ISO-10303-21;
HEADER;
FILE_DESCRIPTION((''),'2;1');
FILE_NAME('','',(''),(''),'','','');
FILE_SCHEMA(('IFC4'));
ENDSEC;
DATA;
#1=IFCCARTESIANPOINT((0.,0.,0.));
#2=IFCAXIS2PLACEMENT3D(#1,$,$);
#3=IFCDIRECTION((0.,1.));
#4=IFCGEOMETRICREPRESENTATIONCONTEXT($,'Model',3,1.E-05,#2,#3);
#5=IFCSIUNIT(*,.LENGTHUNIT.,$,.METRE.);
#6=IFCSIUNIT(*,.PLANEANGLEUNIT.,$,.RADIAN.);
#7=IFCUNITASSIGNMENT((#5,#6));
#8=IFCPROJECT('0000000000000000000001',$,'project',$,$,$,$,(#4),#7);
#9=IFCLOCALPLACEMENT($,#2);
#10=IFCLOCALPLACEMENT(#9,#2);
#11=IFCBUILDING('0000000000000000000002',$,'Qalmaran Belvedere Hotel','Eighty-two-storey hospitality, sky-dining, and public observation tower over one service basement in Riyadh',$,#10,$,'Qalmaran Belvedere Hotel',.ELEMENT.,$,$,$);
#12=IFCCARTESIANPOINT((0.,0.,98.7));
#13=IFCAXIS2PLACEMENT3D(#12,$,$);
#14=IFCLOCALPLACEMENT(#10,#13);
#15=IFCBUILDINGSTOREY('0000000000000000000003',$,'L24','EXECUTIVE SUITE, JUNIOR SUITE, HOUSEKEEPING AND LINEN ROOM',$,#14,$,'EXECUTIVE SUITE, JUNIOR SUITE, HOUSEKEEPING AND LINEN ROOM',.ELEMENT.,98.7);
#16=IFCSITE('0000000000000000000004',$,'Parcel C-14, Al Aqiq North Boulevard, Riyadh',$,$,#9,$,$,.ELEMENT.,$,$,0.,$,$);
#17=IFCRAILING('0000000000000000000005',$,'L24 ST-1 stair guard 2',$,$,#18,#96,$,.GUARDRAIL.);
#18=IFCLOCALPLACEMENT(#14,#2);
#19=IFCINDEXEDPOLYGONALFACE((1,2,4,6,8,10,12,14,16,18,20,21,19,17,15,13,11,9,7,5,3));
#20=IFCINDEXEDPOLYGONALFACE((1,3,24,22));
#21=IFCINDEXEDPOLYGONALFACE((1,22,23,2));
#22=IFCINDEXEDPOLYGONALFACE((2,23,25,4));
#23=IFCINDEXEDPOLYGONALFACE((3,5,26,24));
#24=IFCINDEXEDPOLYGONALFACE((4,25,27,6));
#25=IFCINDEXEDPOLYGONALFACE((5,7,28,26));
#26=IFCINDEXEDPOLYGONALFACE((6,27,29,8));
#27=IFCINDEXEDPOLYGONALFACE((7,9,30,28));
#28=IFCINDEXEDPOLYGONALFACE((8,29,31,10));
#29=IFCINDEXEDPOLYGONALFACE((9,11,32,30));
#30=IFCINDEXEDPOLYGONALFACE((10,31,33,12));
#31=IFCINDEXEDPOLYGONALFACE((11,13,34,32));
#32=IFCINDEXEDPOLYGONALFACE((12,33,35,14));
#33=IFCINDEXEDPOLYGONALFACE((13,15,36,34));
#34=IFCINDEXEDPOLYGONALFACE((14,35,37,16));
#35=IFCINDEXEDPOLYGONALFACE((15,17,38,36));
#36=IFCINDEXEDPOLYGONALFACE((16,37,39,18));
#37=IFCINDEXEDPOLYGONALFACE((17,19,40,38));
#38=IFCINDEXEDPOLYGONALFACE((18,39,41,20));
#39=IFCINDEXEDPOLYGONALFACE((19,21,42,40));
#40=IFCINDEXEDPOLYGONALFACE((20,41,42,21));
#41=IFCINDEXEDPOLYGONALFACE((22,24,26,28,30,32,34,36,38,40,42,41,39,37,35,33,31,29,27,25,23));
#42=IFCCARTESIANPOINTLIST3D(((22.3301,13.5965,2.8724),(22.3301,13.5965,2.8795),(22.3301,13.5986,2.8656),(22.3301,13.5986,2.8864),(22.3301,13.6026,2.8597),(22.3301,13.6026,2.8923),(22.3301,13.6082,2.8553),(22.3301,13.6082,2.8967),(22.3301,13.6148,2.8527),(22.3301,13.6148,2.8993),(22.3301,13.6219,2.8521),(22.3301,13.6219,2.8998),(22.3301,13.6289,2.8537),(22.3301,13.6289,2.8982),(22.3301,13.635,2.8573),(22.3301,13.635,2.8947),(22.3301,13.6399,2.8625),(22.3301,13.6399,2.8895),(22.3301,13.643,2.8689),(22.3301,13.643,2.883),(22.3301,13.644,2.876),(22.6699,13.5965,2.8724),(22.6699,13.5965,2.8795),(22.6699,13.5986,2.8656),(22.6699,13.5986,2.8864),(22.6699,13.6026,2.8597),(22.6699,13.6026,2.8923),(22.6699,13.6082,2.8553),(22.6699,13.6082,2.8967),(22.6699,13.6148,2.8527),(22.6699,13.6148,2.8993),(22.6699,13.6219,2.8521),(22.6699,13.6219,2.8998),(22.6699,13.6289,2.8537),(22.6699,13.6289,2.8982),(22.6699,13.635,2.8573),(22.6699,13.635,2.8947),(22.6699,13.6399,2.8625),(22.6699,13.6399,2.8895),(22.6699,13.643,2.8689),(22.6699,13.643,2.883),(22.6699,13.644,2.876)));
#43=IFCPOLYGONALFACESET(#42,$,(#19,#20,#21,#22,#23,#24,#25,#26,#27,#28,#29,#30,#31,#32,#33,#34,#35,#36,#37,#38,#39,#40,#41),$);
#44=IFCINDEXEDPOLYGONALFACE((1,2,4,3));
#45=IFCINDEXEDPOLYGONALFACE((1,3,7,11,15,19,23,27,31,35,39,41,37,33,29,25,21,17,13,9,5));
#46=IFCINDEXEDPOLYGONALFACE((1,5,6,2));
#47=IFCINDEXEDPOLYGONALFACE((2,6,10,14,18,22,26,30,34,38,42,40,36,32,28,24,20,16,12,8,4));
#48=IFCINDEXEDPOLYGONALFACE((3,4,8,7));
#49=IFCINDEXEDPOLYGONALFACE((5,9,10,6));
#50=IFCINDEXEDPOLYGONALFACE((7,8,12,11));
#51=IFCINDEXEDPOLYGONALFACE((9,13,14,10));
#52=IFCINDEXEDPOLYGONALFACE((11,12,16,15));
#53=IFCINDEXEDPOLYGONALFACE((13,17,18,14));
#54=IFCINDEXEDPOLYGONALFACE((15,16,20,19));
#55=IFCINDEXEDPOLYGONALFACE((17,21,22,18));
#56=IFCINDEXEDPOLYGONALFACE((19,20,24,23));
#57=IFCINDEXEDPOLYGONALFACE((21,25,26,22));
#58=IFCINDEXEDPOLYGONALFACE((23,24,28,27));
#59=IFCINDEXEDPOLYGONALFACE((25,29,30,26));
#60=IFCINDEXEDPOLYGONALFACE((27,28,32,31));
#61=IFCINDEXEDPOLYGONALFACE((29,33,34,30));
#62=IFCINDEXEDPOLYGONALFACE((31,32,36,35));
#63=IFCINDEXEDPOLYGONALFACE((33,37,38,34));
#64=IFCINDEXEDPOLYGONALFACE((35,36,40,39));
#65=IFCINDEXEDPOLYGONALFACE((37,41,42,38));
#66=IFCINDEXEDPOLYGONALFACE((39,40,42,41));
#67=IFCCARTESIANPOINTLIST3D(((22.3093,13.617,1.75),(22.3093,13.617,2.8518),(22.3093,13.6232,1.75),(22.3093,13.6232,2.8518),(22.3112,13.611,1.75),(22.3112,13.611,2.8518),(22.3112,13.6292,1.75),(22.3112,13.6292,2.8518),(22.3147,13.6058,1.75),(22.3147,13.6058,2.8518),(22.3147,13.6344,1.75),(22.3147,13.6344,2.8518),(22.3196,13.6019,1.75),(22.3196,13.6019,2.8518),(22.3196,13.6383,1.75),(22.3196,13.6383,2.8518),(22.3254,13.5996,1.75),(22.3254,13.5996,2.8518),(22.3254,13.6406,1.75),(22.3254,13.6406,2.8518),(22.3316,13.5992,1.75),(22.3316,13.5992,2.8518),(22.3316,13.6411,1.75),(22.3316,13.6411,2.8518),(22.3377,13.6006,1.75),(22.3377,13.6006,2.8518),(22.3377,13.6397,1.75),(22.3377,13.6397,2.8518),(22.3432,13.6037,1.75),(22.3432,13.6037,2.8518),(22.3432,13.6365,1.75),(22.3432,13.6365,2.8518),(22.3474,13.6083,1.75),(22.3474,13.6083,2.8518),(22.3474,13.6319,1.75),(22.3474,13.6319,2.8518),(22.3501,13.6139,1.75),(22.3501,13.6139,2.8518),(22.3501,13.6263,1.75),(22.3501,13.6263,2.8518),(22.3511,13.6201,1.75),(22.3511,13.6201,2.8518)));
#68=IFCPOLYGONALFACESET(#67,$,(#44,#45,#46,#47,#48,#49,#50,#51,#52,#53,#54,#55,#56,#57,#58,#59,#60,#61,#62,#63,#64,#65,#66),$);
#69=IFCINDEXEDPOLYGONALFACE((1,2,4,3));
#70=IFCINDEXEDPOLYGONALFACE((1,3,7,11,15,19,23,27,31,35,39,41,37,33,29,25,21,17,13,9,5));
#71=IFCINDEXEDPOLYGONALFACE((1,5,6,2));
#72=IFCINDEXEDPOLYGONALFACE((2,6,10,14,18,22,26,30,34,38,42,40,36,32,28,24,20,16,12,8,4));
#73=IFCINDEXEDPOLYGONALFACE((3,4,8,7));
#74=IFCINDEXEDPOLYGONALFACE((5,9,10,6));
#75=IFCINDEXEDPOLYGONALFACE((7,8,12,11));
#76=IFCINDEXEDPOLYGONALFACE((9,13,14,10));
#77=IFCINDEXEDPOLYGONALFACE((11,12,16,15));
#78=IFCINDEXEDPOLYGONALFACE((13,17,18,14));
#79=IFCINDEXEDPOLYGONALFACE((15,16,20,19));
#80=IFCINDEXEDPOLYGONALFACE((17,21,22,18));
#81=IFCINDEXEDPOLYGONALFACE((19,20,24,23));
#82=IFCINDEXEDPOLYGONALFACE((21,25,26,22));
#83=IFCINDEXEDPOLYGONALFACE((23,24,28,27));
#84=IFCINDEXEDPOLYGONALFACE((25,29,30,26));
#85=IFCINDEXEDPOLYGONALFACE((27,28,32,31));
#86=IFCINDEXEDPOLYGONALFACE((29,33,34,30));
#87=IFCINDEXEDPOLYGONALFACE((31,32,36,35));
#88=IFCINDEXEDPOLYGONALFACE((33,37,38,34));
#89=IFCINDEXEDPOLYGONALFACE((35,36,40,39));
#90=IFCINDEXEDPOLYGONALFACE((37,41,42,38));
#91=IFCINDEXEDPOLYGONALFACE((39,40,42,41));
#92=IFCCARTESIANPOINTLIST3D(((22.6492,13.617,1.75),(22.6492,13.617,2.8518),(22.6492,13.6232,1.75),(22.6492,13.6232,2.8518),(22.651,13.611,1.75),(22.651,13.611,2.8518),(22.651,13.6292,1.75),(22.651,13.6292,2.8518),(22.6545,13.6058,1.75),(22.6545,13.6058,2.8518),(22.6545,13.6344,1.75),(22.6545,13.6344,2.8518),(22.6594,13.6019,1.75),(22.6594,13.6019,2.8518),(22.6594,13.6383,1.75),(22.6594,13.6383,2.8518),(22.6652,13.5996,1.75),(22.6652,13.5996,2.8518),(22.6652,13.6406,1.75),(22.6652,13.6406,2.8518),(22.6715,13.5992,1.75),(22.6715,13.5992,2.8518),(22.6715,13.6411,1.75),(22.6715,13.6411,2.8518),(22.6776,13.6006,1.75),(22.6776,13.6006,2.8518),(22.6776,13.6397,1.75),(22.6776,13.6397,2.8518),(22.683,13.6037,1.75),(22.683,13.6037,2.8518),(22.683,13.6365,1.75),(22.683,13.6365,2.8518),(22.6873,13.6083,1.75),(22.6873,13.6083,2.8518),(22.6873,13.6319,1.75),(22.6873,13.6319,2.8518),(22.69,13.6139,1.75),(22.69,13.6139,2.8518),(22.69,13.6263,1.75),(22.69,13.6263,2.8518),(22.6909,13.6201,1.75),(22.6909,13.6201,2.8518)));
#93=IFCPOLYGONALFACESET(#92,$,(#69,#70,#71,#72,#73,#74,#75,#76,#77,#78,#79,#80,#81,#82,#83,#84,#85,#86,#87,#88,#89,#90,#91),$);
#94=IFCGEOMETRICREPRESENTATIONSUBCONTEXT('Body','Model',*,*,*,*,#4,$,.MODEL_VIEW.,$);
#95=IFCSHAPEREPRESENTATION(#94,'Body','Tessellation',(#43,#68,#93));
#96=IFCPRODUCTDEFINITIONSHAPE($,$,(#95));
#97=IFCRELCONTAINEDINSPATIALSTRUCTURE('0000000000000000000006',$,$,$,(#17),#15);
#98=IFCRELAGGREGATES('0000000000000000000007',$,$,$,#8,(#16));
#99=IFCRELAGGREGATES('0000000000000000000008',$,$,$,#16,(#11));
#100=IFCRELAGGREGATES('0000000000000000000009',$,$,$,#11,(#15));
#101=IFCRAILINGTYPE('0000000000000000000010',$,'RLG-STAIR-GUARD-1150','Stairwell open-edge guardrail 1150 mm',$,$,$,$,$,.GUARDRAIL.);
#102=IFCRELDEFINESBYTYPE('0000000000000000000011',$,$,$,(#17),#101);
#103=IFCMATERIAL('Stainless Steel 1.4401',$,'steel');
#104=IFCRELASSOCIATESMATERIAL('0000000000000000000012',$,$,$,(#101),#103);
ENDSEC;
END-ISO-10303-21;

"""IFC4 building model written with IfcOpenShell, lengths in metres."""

from ifc_helpers import new_model, si_unit, direction, frame, origin, origin_2d, place, context, subcontext, project, spatial, circle, extrude, material, type_object, element, save


model = new_model("IFC4")

# Units and contexts
model_context = context("Model", 3, precision=1e-05, world=origin(), true_north=direction((0.0, 1.0)))
body_context = subcontext(model_context, "Body", "Model", "MODEL_VIEW")
ifc_project = project(units=[si_unit("LENGTHUNIT", "METRE"), si_unit("PLANEANGLEUNIT", "RADIAN")], contexts=[model_context])

# Site, building, storey
site_placement = place(None, origin())
site = spatial("IfcSite", under=ifc_project, at=site_placement, Name="Parcel C-14, Al Aqiq North Boulevard, Riyadh", CompositionType="ELEMENT", RefElevation=0.0)
building_placement = place(site_placement, origin())
building = spatial("IfcBuilding", under=site, at=building_placement, Name="Qalmaran Belvedere Hotel", Description="Eighty-two-storey hospitality, sky-dining, and public observation tower over one service basement in Riyadh", LongName="Qalmaran Belvedere Hotel", CompositionType="ELEMENT")
storey_placement = place(building_placement, frame((0.0, 0.0, 98.7)))
storey = spatial("IfcBuildingStorey", under=building, at=storey_placement, Name="L24", Description="EXECUTIVE SUITE, JUNIOR SUITE, HOUSEKEEPING AND LINEN ROOM", LongName="EXECUTIVE SUITE, JUNIOR SUITE, HOUSEKEEPING AND LINEN ROOM", CompositionType="ELEMENT", Elevation=98.7)

# Shared definitions
ifc_material_1 = material(Name="Stainless Steel 1.4401", Category="steel")

# Railing
railing_type_1 = type_object("IfcRailingType", Name="RLG-STAIR-GUARD-1150", Description="Stairwell open-edge guardrail 1150 mm", PredefinedType="GUARDRAIL", material=ifc_material_1)
railing_1_placement = place(storey_placement, frame((22.3301, 13.6201, 1.75)))
element("IfcRailing", 1, at=railing_1_placement, inside=storey, type_object=railing_type_1, Name="L24 ST-1 stair guard 2", PredefinedType="GUARDRAIL", context=body_context, shape_type="SweptSolid", body=[
    extrude(circle(Radius=0.0239, at=origin_2d()), frame((0.0, 0.0, 1.126), z_axis=(1.0, 0.0, 0.0), x_axis=(0.0, 1.0, 0.0)), (0.0, 0.0, 1.0), 0.3398),
    extrude(circle(Radius=0.021, at=origin_2d()), origin(), (0.0, 0.0, 1.0), 1.1018),
    extrude(circle(Radius=0.021, at=origin_2d()), frame((0.3398, 0.0, 0.0)), (0.0, 0.0, 1.0), 1.1018),
])

save(model, "model.ifc")
